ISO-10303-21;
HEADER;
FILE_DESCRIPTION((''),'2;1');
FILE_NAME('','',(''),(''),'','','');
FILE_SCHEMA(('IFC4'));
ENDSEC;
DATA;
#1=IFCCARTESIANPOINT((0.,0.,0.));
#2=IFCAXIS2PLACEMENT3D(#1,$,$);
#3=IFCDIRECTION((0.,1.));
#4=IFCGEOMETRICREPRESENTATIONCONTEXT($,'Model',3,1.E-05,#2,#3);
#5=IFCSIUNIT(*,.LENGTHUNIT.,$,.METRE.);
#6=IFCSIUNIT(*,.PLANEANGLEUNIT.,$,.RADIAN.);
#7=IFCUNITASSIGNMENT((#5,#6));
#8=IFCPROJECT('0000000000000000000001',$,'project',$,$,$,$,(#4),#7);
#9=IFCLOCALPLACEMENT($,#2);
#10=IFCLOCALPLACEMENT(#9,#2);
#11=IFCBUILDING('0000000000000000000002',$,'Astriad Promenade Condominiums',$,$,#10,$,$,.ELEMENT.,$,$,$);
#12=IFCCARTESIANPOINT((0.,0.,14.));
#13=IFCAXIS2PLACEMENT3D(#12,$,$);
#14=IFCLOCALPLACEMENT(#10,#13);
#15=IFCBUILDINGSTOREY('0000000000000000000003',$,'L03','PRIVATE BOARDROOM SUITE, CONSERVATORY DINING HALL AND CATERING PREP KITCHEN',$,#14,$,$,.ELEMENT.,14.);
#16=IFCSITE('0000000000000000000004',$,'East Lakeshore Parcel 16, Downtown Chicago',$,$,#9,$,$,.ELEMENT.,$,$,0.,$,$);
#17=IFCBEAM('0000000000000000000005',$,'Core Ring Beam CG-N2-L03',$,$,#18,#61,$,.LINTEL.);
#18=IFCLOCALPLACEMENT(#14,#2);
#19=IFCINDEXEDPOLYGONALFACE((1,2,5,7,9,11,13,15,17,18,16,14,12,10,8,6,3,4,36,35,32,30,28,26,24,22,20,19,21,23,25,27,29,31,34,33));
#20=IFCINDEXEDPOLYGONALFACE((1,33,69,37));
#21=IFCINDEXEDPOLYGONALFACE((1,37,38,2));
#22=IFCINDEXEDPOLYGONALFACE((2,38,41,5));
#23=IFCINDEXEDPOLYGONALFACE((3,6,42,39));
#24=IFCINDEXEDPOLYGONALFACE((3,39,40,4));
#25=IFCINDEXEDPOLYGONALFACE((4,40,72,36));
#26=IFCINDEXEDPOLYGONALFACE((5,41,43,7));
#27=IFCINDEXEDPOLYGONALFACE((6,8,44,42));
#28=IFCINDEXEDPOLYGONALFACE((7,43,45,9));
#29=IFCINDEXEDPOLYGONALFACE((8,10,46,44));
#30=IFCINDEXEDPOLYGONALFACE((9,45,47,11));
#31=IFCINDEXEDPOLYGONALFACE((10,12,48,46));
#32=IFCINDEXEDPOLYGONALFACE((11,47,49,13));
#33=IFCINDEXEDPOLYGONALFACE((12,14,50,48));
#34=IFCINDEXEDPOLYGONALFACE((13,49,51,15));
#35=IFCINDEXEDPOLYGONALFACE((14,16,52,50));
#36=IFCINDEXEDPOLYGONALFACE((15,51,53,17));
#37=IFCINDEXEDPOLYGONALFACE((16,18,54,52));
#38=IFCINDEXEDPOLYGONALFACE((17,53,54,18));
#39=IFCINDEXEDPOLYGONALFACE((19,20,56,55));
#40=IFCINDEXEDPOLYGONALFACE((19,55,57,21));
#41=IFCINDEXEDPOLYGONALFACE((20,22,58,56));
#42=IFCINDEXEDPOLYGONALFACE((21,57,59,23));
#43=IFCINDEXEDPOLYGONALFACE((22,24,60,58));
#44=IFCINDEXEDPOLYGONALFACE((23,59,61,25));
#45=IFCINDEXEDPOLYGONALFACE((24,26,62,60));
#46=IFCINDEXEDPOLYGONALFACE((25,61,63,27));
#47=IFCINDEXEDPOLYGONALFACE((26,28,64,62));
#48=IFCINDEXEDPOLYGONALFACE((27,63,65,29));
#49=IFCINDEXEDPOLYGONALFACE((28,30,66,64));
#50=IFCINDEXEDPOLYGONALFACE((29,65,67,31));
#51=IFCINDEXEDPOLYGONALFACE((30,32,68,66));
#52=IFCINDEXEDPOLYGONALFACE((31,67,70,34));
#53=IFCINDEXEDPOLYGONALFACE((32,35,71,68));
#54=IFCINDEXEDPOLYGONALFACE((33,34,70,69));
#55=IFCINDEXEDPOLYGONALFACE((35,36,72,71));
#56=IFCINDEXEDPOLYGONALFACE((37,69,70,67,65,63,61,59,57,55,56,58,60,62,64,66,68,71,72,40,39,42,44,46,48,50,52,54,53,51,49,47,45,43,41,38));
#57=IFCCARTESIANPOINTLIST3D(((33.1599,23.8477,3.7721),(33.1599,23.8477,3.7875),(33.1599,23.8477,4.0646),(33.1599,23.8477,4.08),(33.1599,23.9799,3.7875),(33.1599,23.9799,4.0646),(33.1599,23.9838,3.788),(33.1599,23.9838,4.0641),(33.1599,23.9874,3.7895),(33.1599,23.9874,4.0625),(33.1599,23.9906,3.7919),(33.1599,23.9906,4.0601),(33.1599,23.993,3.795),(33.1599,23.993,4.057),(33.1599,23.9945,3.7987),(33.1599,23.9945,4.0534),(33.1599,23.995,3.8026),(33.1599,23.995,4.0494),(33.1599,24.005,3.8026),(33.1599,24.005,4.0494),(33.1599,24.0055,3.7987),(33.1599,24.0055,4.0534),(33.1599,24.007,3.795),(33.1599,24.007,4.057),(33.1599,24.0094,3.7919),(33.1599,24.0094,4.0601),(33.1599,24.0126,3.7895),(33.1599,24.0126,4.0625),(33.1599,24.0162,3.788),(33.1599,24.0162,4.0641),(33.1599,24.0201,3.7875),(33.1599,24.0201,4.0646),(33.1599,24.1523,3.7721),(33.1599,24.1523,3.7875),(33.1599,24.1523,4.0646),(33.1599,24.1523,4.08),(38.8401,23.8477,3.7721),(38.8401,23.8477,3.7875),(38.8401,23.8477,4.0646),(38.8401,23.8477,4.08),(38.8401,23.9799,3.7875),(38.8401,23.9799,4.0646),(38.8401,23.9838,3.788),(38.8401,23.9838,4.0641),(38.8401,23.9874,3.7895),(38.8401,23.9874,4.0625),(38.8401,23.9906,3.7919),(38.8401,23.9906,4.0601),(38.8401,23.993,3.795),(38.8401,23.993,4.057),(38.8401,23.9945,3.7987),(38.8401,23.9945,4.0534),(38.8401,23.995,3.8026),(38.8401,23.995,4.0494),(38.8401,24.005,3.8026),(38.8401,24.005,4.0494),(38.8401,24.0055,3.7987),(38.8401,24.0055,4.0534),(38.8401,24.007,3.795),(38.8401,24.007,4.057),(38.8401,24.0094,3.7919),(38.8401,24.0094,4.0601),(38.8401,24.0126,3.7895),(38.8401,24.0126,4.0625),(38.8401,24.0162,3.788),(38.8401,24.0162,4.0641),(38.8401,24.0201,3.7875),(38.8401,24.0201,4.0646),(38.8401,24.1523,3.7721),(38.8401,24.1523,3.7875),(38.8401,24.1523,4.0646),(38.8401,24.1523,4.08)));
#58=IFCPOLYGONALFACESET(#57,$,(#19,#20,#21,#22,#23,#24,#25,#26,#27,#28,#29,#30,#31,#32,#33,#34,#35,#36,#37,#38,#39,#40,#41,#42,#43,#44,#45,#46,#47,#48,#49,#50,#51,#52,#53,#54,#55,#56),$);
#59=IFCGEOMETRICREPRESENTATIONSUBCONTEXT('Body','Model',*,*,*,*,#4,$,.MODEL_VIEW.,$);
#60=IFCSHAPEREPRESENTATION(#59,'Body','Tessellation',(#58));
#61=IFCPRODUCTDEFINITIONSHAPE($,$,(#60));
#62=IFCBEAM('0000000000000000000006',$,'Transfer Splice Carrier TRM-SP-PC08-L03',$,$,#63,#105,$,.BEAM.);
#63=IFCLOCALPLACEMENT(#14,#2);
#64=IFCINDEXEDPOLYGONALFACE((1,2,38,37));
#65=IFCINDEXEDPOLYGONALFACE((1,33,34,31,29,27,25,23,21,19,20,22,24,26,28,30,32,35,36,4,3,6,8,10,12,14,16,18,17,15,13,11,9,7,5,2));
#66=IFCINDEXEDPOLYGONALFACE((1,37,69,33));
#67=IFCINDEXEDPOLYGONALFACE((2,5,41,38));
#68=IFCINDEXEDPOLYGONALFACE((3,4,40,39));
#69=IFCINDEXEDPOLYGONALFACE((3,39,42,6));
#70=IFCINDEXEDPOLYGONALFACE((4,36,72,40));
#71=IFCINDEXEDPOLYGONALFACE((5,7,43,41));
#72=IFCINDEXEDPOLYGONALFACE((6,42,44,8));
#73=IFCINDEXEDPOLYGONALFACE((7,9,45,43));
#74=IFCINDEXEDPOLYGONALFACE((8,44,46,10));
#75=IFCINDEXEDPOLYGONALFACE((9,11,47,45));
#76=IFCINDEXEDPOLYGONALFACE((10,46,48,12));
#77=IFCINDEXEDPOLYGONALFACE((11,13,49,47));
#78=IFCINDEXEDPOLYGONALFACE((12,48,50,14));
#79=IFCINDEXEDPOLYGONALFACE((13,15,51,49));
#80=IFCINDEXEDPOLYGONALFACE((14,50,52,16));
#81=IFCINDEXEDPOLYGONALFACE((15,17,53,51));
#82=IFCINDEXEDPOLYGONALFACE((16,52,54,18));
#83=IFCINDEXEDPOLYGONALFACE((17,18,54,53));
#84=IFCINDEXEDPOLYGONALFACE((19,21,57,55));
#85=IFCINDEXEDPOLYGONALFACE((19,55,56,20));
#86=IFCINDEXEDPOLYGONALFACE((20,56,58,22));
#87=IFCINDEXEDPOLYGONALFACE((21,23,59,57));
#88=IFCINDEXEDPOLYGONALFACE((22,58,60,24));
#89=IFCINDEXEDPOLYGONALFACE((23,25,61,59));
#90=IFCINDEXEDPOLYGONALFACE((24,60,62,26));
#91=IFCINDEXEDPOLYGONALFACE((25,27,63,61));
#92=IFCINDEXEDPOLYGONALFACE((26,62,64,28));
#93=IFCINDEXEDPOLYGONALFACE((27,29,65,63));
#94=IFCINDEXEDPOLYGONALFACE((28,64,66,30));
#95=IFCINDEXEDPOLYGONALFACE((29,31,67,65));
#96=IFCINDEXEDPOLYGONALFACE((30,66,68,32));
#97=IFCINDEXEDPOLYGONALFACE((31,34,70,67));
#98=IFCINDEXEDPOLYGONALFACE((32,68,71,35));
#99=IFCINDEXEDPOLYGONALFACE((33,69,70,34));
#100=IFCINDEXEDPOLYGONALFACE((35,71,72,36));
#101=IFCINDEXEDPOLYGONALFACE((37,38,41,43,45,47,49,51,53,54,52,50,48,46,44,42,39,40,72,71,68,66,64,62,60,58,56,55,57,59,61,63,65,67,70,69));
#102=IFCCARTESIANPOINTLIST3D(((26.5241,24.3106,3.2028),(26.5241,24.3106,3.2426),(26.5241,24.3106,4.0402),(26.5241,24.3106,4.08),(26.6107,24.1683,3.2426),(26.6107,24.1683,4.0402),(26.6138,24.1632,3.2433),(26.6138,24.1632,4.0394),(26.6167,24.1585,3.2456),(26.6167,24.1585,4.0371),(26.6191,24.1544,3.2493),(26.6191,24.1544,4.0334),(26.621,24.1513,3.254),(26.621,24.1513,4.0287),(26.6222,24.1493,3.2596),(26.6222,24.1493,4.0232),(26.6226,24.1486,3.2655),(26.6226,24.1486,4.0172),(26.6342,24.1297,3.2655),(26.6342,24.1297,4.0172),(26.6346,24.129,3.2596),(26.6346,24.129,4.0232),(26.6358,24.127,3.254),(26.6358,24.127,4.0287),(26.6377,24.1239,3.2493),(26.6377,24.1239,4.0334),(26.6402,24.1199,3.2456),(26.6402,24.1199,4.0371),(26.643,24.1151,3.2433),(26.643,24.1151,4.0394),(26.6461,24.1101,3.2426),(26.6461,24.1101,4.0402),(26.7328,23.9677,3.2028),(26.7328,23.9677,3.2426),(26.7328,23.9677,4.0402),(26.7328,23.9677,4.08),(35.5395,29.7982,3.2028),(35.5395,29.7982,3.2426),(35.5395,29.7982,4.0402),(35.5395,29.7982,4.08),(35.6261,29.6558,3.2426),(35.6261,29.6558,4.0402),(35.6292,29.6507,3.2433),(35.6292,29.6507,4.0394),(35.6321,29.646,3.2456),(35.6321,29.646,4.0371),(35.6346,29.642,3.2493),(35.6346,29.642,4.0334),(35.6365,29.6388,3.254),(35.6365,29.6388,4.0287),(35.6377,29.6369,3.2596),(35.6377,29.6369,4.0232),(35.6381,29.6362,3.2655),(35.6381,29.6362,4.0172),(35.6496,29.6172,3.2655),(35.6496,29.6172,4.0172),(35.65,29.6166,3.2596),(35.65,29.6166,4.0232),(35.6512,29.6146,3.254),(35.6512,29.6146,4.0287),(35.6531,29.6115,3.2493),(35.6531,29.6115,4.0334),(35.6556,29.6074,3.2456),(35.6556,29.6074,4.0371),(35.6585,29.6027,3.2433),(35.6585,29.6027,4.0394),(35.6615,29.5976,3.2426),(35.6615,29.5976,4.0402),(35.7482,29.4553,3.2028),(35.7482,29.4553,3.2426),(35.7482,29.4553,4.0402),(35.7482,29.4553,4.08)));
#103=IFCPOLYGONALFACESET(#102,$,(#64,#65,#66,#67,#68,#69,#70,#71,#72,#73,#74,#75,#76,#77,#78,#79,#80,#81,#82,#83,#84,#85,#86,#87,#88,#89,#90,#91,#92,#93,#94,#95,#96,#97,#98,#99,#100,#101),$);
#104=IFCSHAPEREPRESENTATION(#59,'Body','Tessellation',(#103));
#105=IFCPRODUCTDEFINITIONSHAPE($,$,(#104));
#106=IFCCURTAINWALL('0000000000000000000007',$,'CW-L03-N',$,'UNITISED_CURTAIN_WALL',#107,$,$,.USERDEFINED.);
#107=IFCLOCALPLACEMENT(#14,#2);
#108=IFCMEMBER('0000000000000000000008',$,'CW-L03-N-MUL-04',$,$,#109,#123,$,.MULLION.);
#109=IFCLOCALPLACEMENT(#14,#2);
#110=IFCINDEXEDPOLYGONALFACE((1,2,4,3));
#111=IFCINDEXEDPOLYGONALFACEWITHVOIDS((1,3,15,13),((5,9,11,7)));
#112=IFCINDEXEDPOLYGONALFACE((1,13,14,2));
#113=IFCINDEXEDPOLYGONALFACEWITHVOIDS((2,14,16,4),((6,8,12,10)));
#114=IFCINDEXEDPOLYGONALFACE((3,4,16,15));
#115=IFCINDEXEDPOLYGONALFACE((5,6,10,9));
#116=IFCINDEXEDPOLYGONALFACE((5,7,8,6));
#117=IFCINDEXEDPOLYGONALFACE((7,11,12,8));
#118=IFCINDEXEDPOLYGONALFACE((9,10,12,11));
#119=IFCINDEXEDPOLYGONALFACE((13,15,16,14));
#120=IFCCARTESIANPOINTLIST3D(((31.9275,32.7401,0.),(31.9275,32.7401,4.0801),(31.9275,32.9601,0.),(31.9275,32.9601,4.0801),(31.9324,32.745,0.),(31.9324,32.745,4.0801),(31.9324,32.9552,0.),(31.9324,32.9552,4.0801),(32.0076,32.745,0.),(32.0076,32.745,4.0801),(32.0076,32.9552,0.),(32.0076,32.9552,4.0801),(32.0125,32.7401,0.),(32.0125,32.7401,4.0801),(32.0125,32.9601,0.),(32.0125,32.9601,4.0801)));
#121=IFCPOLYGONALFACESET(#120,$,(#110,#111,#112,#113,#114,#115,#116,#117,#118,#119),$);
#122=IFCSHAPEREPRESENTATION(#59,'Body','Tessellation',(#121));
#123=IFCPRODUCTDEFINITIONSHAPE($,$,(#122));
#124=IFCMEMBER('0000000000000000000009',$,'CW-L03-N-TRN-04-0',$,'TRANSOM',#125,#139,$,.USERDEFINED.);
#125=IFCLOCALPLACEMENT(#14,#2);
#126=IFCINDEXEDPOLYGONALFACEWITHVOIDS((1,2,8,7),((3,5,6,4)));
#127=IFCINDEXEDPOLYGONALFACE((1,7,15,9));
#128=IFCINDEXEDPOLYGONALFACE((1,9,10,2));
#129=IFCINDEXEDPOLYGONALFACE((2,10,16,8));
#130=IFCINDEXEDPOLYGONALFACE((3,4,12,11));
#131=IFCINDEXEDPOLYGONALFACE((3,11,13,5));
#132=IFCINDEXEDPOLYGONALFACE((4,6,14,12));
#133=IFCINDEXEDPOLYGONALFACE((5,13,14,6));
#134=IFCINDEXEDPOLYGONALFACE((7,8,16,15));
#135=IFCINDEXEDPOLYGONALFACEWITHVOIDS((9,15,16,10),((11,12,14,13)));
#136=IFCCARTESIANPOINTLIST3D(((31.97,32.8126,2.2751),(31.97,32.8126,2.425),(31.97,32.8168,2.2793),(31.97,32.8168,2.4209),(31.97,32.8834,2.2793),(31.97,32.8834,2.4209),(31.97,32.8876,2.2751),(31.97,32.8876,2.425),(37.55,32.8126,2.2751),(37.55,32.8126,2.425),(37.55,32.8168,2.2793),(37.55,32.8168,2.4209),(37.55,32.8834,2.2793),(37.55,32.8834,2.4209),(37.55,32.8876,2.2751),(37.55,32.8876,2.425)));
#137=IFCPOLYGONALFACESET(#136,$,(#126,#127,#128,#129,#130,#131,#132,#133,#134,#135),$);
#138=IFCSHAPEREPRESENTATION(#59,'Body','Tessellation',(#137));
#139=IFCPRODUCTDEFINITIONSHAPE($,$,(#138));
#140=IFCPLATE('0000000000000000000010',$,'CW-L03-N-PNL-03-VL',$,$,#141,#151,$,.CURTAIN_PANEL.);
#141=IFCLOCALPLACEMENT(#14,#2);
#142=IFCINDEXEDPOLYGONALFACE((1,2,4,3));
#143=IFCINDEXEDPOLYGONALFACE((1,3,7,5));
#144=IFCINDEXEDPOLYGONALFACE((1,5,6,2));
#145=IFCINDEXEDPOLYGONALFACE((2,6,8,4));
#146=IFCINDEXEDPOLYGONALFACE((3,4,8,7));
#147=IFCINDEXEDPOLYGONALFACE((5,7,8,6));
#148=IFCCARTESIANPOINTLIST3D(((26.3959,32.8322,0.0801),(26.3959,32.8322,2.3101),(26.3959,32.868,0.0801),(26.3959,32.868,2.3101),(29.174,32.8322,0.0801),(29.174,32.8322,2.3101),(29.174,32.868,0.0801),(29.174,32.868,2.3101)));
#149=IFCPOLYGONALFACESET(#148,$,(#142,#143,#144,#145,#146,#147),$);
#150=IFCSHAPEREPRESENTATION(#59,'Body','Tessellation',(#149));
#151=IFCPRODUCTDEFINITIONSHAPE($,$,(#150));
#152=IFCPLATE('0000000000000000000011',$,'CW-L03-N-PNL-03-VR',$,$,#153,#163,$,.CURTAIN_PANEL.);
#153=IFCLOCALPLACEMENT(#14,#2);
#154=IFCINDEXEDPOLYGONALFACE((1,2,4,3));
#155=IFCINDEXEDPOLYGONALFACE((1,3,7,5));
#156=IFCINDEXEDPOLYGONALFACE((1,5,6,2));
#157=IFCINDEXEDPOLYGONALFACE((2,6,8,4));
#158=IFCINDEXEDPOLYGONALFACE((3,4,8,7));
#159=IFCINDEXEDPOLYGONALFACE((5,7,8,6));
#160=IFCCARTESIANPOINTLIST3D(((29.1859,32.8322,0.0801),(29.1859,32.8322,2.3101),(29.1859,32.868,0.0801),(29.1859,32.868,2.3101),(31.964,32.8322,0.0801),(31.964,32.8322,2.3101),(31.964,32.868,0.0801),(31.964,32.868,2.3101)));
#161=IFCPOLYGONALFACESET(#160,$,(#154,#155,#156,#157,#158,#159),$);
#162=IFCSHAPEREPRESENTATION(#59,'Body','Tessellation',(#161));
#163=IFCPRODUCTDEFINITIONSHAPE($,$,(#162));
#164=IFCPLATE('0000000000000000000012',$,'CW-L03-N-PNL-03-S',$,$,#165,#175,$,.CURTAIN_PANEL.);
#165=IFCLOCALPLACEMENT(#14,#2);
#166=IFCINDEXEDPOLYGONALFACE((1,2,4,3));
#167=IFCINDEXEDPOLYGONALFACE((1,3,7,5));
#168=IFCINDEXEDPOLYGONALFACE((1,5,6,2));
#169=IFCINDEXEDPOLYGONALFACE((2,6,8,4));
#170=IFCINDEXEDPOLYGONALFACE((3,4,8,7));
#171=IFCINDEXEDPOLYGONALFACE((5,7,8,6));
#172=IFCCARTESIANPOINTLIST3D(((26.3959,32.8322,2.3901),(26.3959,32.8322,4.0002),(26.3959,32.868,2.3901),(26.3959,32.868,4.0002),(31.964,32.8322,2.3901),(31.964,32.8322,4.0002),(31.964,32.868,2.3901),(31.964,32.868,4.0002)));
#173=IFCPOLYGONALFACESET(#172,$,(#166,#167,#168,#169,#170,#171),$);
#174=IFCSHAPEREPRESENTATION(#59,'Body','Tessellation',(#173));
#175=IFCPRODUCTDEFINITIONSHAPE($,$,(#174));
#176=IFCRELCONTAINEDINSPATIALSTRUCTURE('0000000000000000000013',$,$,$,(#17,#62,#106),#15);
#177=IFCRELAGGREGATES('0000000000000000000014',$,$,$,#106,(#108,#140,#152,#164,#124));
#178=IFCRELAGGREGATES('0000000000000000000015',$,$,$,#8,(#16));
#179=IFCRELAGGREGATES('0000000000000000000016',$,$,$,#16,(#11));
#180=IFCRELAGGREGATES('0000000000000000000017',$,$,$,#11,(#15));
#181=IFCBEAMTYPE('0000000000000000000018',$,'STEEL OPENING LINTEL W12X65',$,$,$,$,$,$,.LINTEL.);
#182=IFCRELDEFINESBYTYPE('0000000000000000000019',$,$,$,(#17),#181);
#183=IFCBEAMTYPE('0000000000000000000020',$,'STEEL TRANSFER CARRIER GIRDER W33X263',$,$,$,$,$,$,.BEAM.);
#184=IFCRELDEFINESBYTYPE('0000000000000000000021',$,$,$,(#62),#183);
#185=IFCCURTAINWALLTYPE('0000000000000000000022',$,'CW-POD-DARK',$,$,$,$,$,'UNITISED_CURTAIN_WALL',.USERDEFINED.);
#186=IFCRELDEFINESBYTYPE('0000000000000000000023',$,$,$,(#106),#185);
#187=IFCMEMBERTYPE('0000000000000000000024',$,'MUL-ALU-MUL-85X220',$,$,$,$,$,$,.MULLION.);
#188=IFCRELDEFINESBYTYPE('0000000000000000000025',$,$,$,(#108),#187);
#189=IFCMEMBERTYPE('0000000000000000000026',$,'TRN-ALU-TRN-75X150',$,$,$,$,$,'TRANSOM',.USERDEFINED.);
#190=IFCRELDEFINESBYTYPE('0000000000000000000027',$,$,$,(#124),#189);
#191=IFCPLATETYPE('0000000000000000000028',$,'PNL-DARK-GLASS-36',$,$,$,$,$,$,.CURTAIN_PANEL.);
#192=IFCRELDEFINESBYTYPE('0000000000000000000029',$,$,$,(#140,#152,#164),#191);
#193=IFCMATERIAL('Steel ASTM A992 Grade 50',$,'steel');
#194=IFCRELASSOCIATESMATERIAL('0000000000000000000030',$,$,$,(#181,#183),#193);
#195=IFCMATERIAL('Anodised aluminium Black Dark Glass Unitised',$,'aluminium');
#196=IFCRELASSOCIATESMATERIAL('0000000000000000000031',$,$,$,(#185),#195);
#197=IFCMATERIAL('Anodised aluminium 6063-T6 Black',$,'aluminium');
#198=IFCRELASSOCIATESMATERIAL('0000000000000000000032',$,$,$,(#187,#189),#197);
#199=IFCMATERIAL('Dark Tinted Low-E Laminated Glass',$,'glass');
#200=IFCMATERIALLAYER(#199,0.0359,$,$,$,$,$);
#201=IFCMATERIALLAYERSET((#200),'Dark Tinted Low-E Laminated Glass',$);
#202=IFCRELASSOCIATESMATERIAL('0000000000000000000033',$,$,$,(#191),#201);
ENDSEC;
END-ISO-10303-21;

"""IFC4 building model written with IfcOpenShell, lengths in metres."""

from ifc_helpers import new_model, si_unit, direction, frame, origin, origin_2d, place, context, subcontext, project, spatial, rectangle, hollow_rectangle, i_section, extrude, source, transform, mapped, material, layer, layer_set, material_profile, profile_set, type_object, type_shapes, element, aggregate, save


model = new_model("IFC4")

# Units and contexts
model_context = context("Model", 3, precision=1e-05, world=origin(), true_north=direction((0.0, 1.0)))
body_context = subcontext(model_context, "Body", "Model", "MODEL_VIEW")
ifc_project = project(units=[si_unit("LENGTHUNIT", "METRE"), si_unit("PLANEANGLEUNIT", "RADIAN")], contexts=[model_context])

# Site, building, storey
site_placement = place(None, origin())
site = spatial("IfcSite", under=ifc_project, at=site_placement, Name="East Lakeshore Parcel 16, Downtown Chicago", CompositionType="ELEMENT", RefElevation=0.0)
building_placement = place(site_placement, origin())
building = spatial("IfcBuilding", under=site, at=building_placement, Name="Astriad Promenade Condominiums", CompositionType="ELEMENT")
storey_placement = place(building_placement, frame((0.0, 0.0, 14.0)))
storey = spatial("IfcBuildingStorey", under=building, at=storey_placement, Name="L03", Description="PRIVATE BOARDROOM SUITE, CONSERVATORY DINING HALL AND CATERING PREP KITCHEN", CompositionType="ELEMENT", Elevation=14.0)

# Shared definitions
ifc_material_1 = material(Name="Steel ASTM A992 Grade 50", Category="steel")

# Beams
ifc_material_profile_1 = material_profile(ifc_material_1, i_section(OverallWidth=0.3047, OverallDepth=0.3079, WebThickness=0.01, FlangeThickness=0.0154, FilletRadius=0.0151, at=origin_2d()), Name="W12X65")
ifc_profile_set_1 = profile_set([ifc_material_profile_1], Name="Steel ASTM A992 Grade 50")
beam_type_1 = type_object("IfcBeamType", Name="STEEL OPENING LINTEL W12X65", PredefinedType="LINTEL", material=ifc_profile_set_1)
shared_shape_1 = source(origin(), body_context, "Body", "SweptSolid", [
    extrude(i_section(OverallWidth=0.3047, OverallDepth=0.3079, WebThickness=0.01, FlangeThickness=0.0154, FilletRadius=0.0151, at=origin_2d()), origin(), (0.0, 0.0, 1.0), 5.6802),
])
type_shapes(beam_type_1, [shared_shape_1])
beam_1_placement = place(storey_placement, frame((33.1599, 24.0, 3.926), z_axis=(1.0, 0.0, 0.0), x_axis=(0.0, 1.0, 0.0)))
element("IfcBeam", 1, at=beam_1_placement, inside=storey, type_object=beam_type_1, Name="Core Ring Beam CG-N2-L03", PredefinedType="LINTEL", context=body_context, shape_type="MappedRepresentation", body=[
    mapped(shared_shape_1, transform((0.0, 0.0, 0.0), scale=1.0)),
])
ifc_material_profile_2 = material_profile(ifc_material_1, i_section(OverallWidth=0.4014, OverallDepth=0.8772, WebThickness=0.0222, FlangeThickness=0.0398, FilletRadius=0.0229, at=origin_2d()), Name="W33X263")
ifc_profile_set_2 = profile_set([ifc_material_profile_2], Name="Steel ASTM A992 Grade 50")
beam_type_2 = type_object("IfcBeamType", Name="STEEL TRANSFER CARRIER GIRDER W33X263", PredefinedType="BEAM", material=ifc_profile_set_2)
shared_shape_2 = source(origin(), body_context, "Body", "SweptSolid", [
    extrude(i_section(OverallWidth=0.4014, OverallDepth=0.8772, WebThickness=0.0222, FlangeThickness=0.0398, FilletRadius=0.0229, at=origin_2d()), origin(), (0.0, 0.0, 1.0), 10.5542),
])
type_shapes(beam_type_2, [shared_shape_2])
beam_2_placement = place(storey_placement, frame((26.6284, 24.1392, 3.6414), z_axis=(0.854202, 0.519942, 0.0), x_axis=(-0.519942, 0.854202, 0.0)))
element("IfcBeam", 2, at=beam_2_placement, inside=storey, type_object=beam_type_2, Name="Transfer Splice Carrier TRM-SP-PC08-L03", PredefinedType="BEAM", context=body_context, shape_type="MappedRepresentation", body=[
    mapped(shared_shape_2, transform((0.0, 0.0, 0.0), scale=1.0)),
])

# Curtain wall, members, plates
ifc_material_2 = material(Name="Anodised aluminium Black Dark Glass Unitised", Category="aluminium")
curtain_wall_type = type_object("IfcCurtainWallType", Name="CW-POD-DARK", ElementType="UNITISED_CURTAIN_WALL", PredefinedType="USERDEFINED", material=ifc_material_2)
curtain_wall_placement = place(storey_placement, origin())
curtain_wall = element("IfcCurtainWall", 3, at=curtain_wall_placement, inside=storey, type_object=curtain_wall_type, Name="CW-L03-N", ObjectType="UNITISED_CURTAIN_WALL", PredefinedType="USERDEFINED")
ifc_material_3 = material(Name="Anodised aluminium 6063-T6 Black", Category="aluminium")
ifc_material_profile_3 = material_profile(ifc_material_3, hollow_rectangle(XDim=0.085, YDim=0.22, WallThickness=0.0049, at=origin_2d()), Name="ALU-MUL-85X220")
ifc_profile_set_3 = profile_set([ifc_material_profile_3], Name="Anodised aluminium 6063-T6 Black")
member_type_1 = type_object("IfcMemberType", Name="MUL-ALU-MUL-85X220", PredefinedType="MULLION", material=ifc_profile_set_3)
shared_shape_3 = source(origin(), body_context, "Body", "SweptSolid", [
    extrude(hollow_rectangle(XDim=0.085, YDim=0.22, WallThickness=0.0049, at=origin_2d()), origin(), (0.0, 0.0, 1.0), 4.0801),
])
type_shapes(member_type_1, [shared_shape_3])
member_1_placement = place(storey_placement, frame((31.97, 32.8501, 0.0), z_axis=(0.0, 0.0, 1.0), x_axis=(1.0, 0.0, 0.0)))
member_1 = element("IfcMember", 4, at=member_1_placement, type_object=member_type_1, Name="CW-L03-N-MUL-04", PredefinedType="MULLION", context=body_context, shape_type="MappedRepresentation", body=[
    mapped(shared_shape_3, transform((0.0, 0.0, 0.0), scale=1.0)),
])
ifc_material_profile_4 = material_profile(ifc_material_3, hollow_rectangle(XDim=0.075, YDim=0.1499, WallThickness=0.0042, at=origin_2d()), Name="ALU-TRN-75X150")
ifc_profile_set_4 = profile_set([ifc_material_profile_4], Name="Anodised aluminium 6063-T6 Black")
member_type_2 = type_object("IfcMemberType", Name="TRN-ALU-TRN-75X150", ElementType="TRANSOM", PredefinedType="USERDEFINED", material=ifc_profile_set_4)
shared_shape_4 = source(origin(), body_context, "Body", "SweptSolid", [
    extrude(hollow_rectangle(XDim=0.075, YDim=0.1499, WallThickness=0.0042, at=origin_2d()), origin(), (0.0, 0.0, 1.0), 5.5801),
])
type_shapes(member_type_2, [shared_shape_4])
member_2_placement = place(storey_placement, frame((31.97, 32.8501, 2.3501), z_axis=(1.0, 0.0, 0.0), x_axis=(0.0, 1.0, 0.0)))
member_2 = element("IfcMember", 5, at=member_2_placement, type_object=member_type_2, Name="CW-L03-N-TRN-04-0", ObjectType="TRANSOM", PredefinedType="USERDEFINED", context=body_context, shape_type="MappedRepresentation", body=[
    mapped(shared_shape_4, transform((0.0, 0.0, 0.0), scale=1.0)),
])
ifc_material_4 = material(Name="Dark Tinted Low-E Laminated Glass", Category="glass")
ifc_layer_1 = layer(ifc_material_4, 0.0359)
ifc_layer_set_1 = layer_set([ifc_layer_1], Name="Dark Tinted Low-E Laminated Glass")
plate_type = type_object("IfcPlateType", Name="PNL-DARK-GLASS-36", PredefinedType="CURTAIN_PANEL", material=ifc_layer_set_1)
shared_shape_5 = source(origin(), body_context, "Body", "SweptSolid", [
    extrude(rectangle(XDim=2.7781, YDim=0.0359, at=origin_2d()), origin(), (0.0, 0.0, 1.0), 2.23),
])
plate_1_placement = place(storey_placement, frame((27.7849, 32.8501, 0.0801), z_axis=(0.0, 0.0, 1.0), x_axis=(1.0, 0.0, 0.0)))
plate_1 = element("IfcPlate", 6, at=plate_1_placement, type_object=plate_type, Name="CW-L03-N-PNL-03-VL", PredefinedType="CURTAIN_PANEL", context=body_context, shape_type="MappedRepresentation", body=[
    mapped(shared_shape_5, transform((0.0, 0.0, 0.0), scale=1.0)),
])
plate_2_placement = place(storey_placement, frame((30.575, 32.8501, 0.0801), z_axis=(0.0, 0.0, 1.0), x_axis=(1.0, 0.0, 0.0)))
plate_2 = element("IfcPlate", 7, at=plate_2_placement, type_object=plate_type, Name="CW-L03-N-PNL-03-VR", PredefinedType="CURTAIN_PANEL", context=body_context, shape_type="MappedRepresentation", body=[
    mapped(shared_shape_5, transform((0.0, 0.0, 0.0), scale=1.0)),
])
shared_shape_6 = source(origin(), body_context, "Body", "SweptSolid", [
    extrude(rectangle(XDim=5.5681, YDim=0.0359, at=origin_2d()), origin(), (0.0, 0.0, 1.0), 1.6101),
])
type_shapes(plate_type, [shared_shape_5, shared_shape_6])
plate_3_placement = place(storey_placement, frame((29.1799, 32.8501, 2.3901), z_axis=(0.0, 0.0, 1.0), x_axis=(1.0, 0.0, 0.0)))
plate_3 = element("IfcPlate", 8, at=plate_3_placement, type_object=plate_type, Name="CW-L03-N-PNL-03-S", PredefinedType="CURTAIN_PANEL", context=body_context, shape_type="MappedRepresentation", body=[
    mapped(shared_shape_6, transform((0.0, 0.0, 0.0), scale=1.0)),
])
aggregate(curtain_wall, [member_1, plate_1, plate_2, plate_3, member_2])

save(model, "model.ifc")
